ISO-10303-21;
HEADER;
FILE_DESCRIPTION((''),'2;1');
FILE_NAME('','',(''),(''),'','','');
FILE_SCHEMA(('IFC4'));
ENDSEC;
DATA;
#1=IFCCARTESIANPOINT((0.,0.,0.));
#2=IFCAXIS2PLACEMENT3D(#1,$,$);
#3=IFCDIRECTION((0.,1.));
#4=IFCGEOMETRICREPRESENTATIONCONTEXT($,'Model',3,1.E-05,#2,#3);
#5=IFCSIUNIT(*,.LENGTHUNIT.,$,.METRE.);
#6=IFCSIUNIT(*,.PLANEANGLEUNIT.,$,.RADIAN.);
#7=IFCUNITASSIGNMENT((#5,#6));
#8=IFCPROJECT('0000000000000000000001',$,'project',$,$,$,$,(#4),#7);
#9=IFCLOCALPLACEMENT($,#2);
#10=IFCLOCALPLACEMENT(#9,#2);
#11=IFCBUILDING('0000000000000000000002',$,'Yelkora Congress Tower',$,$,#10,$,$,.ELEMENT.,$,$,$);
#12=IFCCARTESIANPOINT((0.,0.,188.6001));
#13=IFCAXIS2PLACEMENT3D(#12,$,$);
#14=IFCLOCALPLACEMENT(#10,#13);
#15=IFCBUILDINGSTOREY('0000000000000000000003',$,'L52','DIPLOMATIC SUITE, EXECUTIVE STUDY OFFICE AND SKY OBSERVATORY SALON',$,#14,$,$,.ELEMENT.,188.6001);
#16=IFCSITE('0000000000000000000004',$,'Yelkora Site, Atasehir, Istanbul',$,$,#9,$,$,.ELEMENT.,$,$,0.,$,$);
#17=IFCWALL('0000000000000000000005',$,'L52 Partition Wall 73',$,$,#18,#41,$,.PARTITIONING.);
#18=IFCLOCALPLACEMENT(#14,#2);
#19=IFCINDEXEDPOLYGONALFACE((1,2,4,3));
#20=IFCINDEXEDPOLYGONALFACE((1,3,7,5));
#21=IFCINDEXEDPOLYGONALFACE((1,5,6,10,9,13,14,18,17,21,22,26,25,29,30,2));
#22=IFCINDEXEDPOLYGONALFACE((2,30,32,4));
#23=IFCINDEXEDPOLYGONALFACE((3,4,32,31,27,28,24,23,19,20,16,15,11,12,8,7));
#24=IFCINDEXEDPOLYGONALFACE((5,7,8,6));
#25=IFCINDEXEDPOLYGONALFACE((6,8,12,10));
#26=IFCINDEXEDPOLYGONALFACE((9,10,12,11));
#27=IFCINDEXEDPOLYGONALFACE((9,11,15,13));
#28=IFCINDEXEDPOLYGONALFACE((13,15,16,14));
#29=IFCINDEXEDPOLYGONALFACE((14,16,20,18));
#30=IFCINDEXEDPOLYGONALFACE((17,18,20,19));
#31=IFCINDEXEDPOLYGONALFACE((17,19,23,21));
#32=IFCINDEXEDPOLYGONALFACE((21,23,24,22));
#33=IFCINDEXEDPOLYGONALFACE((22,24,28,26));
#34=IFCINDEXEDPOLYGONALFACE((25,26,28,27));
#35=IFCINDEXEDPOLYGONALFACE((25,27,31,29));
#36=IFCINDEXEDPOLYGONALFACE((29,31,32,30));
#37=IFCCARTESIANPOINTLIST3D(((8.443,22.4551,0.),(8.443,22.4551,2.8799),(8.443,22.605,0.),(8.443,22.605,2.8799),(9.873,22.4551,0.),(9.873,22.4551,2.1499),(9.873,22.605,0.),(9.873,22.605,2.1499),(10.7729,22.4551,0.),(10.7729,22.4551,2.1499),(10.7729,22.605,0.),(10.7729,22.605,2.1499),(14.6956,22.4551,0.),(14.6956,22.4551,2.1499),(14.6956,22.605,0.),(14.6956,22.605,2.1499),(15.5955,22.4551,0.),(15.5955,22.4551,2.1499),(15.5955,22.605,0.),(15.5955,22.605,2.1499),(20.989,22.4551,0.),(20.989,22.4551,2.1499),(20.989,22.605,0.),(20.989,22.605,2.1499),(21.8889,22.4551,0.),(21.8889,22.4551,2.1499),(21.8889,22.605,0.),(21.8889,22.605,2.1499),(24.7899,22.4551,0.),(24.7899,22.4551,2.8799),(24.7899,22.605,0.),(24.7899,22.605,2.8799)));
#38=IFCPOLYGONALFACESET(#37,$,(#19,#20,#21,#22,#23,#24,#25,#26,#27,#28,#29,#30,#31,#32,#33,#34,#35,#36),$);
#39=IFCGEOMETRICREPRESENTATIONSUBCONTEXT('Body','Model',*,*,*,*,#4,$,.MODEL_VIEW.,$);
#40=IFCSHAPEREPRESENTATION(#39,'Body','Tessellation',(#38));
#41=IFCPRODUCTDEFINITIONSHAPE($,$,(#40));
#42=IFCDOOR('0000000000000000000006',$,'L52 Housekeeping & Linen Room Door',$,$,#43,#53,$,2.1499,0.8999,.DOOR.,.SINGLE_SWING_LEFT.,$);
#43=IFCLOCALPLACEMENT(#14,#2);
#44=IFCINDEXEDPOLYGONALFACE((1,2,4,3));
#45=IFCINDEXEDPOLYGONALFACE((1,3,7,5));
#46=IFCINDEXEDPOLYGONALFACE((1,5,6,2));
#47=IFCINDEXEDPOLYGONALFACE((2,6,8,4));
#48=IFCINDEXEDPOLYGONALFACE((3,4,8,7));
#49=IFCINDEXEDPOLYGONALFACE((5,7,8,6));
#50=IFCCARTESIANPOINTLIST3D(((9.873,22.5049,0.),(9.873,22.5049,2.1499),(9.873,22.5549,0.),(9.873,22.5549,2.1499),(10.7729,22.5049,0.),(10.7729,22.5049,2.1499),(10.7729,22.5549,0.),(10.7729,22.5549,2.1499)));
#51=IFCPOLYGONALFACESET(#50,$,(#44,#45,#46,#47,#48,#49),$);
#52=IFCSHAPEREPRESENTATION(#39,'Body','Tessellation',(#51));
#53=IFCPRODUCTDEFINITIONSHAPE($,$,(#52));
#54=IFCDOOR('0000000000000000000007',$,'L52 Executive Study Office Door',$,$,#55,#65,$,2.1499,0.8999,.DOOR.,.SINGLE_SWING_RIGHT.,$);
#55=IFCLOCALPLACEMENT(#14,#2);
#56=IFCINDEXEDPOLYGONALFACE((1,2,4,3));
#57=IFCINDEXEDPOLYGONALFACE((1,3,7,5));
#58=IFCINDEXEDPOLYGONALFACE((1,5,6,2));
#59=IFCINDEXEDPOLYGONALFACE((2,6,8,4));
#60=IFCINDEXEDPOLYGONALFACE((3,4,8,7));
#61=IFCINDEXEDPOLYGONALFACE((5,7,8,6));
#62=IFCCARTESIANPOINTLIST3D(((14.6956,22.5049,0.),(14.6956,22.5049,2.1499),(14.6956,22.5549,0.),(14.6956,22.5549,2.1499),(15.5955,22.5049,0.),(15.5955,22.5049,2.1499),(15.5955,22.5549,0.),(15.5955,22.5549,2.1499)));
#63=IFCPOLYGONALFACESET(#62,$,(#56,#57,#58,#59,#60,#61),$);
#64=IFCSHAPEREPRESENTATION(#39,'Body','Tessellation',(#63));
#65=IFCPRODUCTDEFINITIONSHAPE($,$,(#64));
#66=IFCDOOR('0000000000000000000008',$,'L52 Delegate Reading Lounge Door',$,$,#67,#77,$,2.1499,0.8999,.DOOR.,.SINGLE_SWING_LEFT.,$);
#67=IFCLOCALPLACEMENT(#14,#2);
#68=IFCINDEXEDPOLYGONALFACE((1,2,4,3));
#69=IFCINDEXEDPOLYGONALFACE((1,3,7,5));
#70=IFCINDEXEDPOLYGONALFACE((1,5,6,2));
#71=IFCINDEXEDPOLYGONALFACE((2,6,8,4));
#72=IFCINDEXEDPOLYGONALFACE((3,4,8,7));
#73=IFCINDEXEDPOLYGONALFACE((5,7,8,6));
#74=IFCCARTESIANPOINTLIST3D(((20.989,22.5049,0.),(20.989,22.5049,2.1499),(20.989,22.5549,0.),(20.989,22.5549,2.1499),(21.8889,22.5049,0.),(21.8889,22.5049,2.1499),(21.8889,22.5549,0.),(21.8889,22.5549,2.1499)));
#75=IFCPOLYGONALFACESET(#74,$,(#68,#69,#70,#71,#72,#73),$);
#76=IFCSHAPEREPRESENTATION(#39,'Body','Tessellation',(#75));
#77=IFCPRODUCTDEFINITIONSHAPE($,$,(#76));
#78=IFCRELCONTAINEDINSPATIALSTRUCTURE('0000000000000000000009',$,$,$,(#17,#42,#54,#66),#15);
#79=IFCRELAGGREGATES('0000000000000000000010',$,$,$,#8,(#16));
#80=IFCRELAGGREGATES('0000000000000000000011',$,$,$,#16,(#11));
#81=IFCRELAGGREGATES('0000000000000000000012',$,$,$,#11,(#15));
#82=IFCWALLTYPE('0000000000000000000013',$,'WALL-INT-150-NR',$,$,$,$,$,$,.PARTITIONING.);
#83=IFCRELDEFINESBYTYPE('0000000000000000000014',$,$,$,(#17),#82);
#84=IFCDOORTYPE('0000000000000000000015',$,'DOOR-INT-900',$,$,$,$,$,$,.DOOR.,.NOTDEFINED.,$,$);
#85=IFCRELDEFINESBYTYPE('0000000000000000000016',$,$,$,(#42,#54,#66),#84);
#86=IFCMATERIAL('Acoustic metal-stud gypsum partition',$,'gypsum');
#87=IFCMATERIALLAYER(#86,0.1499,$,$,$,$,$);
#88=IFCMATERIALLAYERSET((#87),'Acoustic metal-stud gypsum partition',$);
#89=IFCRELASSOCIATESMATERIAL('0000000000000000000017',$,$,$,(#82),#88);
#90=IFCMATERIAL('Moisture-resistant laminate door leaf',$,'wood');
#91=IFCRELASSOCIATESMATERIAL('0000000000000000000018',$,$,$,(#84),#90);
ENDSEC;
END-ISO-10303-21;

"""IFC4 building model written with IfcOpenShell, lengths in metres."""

from ifc_helpers import new_model, si_unit, direction, frame, frame_2d, origin, place, context, subcontext, project, spatial, rectangle, extrude, material, layer, layer_set, type_object, element, fill, save


model = new_model("IFC4")

# Units and contexts
model_context = context("Model", 3, precision=1e-05, world=origin(), true_north=direction((0.0, 1.0)))
body_context = subcontext(model_context, "Body", "Model", "MODEL_VIEW")
ifc_project = project(units=[si_unit("LENGTHUNIT", "METRE"), si_unit("PLANEANGLEUNIT", "RADIAN")], contexts=[model_context])

# Site, building, storey
site_placement = place(None, origin())
site = spatial("IfcSite", under=ifc_project, at=site_placement, Name="Yelkora Site, Atasehir, Istanbul", CompositionType="ELEMENT", RefElevation=0.0)
building_placement = place(site_placement, origin())
building = spatial("IfcBuilding", under=site, at=building_placement, Name="Yelkora Congress Tower", CompositionType="ELEMENT")
storey_placement = place(building_placement, frame((0.0, 0.0, 188.6001)))
storey = spatial("IfcBuildingStorey", under=building, at=storey_placement, Name="L52", Description="DIPLOMATIC SUITE, EXECUTIVE STUDY OFFICE AND SKY OBSERVATORY SALON", CompositionType="ELEMENT", Elevation=188.6001)

# Shared definitions
ifc_material_1 = material(Name="Acoustic metal-stud gypsum partition", Category="gypsum")
ifc_layer_1 = layer(ifc_material_1, 0.1499)
ifc_layer_set_1 = layer_set([ifc_layer_1], Name="Acoustic metal-stud gypsum partition")
wall_type_1 = type_object("IfcWallType", Name="WALL-INT-150-NR", PredefinedType="PARTITIONING", material=ifc_layer_set_1)
ifc_material_2 = material(Name="Moisture-resistant laminate door leaf", Category="wood")
door_type_1 = type_object("IfcDoorType", Name="DOOR-INT-900", OperationType="NOTDEFINED", PredefinedType="DOOR", material=ifc_material_2)

# Wall, openings, doors
wall_1_placement = place(storey_placement, frame((8.4431, 22.53, 0.0), z_axis=(0.0, 0.0, 1.0), x_axis=(1.0, 0.0, 0.0)))
wall_1 = element("IfcWall", 1, at=wall_1_placement, inside=storey, type_object=wall_type_1, Name="L52 Partition Wall 73", PredefinedType="PARTITIONING", context=body_context, shape_type="SweptSolid", body=[
    extrude(rectangle(XDim=16.3469, YDim=0.1499, at=frame_2d((8.1733, 0.0))), origin(), (0.0, 0.0, 1.0), 2.8799),
])
opening_1_placement = place(wall_1_placement, frame((1.4299, 0.0, 0.0)))
opening_1 = element("IfcOpeningElement", 2, at=opening_1_placement, cuts=wall_1, PredefinedType="OPENING", context=body_context, shape_type="SweptSolid", body=[
    extrude(rectangle(XDim=0.8999, YDim=2.1499, at=frame_2d((0.45, 1.075))), frame((0.0, 0.085, 0.0), z_axis=(0.0, -1.0, 0.0), x_axis=(1.0, 0.0, 0.0)), (0.0, 0.0, 1.0), 0.1699),
])
opening_2_placement = place(wall_1_placement, frame((6.2524, 0.0, 0.0)))
opening_2 = element("IfcOpeningElement", 3, at=opening_2_placement, cuts=wall_1, PredefinedType="OPENING", context=body_context, shape_type="SweptSolid", body=[
    extrude(rectangle(XDim=0.8999, YDim=2.1499, at=frame_2d((0.45, 1.075))), frame((0.0, 0.085, 0.0), z_axis=(0.0, -1.0, 0.0), x_axis=(1.0, 0.0, 0.0)), (0.0, 0.0, 1.0), 0.1699),
])
opening_3_placement = place(wall_1_placement, frame((12.5459, 0.0, 0.0)))
opening_3 = element("IfcOpeningElement", 4, at=opening_3_placement, cuts=wall_1, PredefinedType="OPENING", context=body_context, shape_type="SweptSolid", body=[
    extrude(rectangle(XDim=0.8999, YDim=2.1499, at=frame_2d((0.45, 1.075))), frame((0.0, 0.085, 0.0), z_axis=(0.0, -1.0, 0.0), x_axis=(1.0, 0.0, 0.0)), (0.0, 0.0, 1.0), 0.1699),
])
door_1_placement = place(opening_1_placement, origin())
door_1 = element("IfcDoor", 5, at=door_1_placement, inside=storey, type_object=door_type_1, Name="L52 Housekeeping & Linen Room Door", OperationType="SINGLE_SWING_LEFT", OverallHeight=2.1499, OverallWidth=0.8999, PredefinedType="DOOR", context=body_context, shape_type="SweptSolid", body=[
    extrude(rectangle(XDim=0.8999, YDim=2.1499, at=frame_2d((0.45, 1.075))), frame((0.0, 0.0249, 0.0), z_axis=(0.0, -1.0, 0.0), x_axis=(1.0, 0.0, 0.0)), (0.0, 0.0, 1.0), 0.05),
])
fill(opening_1, door_1)
door_2_placement = place(opening_2_placement, origin())
door_2 = element("IfcDoor", 6, at=door_2_placement, inside=storey, type_object=door_type_1, Name="L52 Executive Study Office Door", OperationType="SINGLE_SWING_RIGHT", OverallHeight=2.1499, OverallWidth=0.8999, PredefinedType="DOOR", context=body_context, shape_type="SweptSolid", body=[
    extrude(rectangle(XDim=0.8999, YDim=2.1499, at=frame_2d((0.45, 1.075))), frame((0.0, 0.0249, 0.0), z_axis=(0.0, -1.0, 0.0), x_axis=(1.0, 0.0, 0.0)), (0.0, 0.0, 1.0), 0.05),
])
fill(opening_2, door_2)
door_3_placement = place(opening_3_placement, origin())
door_3 = element("IfcDoor", 7, at=door_3_placement, inside=storey, type_object=door_type_1, Name="L52 Delegate Reading Lounge Door", OperationType="SINGLE_SWING_LEFT", OverallHeight=2.1499, OverallWidth=0.8999, PredefinedType="DOOR", context=body_context, shape_type="SweptSolid", body=[
    extrude(rectangle(XDim=0.8999, YDim=2.1499, at=frame_2d((0.45, 1.075))), frame((0.0, 0.0249, 0.0), z_axis=(0.0, -1.0, 0.0), x_axis=(1.0, 0.0, 0.0)), (0.0, 0.0, 1.0), 0.05),
])
fill(opening_3, door_3)

save(model, "model.ifc")
